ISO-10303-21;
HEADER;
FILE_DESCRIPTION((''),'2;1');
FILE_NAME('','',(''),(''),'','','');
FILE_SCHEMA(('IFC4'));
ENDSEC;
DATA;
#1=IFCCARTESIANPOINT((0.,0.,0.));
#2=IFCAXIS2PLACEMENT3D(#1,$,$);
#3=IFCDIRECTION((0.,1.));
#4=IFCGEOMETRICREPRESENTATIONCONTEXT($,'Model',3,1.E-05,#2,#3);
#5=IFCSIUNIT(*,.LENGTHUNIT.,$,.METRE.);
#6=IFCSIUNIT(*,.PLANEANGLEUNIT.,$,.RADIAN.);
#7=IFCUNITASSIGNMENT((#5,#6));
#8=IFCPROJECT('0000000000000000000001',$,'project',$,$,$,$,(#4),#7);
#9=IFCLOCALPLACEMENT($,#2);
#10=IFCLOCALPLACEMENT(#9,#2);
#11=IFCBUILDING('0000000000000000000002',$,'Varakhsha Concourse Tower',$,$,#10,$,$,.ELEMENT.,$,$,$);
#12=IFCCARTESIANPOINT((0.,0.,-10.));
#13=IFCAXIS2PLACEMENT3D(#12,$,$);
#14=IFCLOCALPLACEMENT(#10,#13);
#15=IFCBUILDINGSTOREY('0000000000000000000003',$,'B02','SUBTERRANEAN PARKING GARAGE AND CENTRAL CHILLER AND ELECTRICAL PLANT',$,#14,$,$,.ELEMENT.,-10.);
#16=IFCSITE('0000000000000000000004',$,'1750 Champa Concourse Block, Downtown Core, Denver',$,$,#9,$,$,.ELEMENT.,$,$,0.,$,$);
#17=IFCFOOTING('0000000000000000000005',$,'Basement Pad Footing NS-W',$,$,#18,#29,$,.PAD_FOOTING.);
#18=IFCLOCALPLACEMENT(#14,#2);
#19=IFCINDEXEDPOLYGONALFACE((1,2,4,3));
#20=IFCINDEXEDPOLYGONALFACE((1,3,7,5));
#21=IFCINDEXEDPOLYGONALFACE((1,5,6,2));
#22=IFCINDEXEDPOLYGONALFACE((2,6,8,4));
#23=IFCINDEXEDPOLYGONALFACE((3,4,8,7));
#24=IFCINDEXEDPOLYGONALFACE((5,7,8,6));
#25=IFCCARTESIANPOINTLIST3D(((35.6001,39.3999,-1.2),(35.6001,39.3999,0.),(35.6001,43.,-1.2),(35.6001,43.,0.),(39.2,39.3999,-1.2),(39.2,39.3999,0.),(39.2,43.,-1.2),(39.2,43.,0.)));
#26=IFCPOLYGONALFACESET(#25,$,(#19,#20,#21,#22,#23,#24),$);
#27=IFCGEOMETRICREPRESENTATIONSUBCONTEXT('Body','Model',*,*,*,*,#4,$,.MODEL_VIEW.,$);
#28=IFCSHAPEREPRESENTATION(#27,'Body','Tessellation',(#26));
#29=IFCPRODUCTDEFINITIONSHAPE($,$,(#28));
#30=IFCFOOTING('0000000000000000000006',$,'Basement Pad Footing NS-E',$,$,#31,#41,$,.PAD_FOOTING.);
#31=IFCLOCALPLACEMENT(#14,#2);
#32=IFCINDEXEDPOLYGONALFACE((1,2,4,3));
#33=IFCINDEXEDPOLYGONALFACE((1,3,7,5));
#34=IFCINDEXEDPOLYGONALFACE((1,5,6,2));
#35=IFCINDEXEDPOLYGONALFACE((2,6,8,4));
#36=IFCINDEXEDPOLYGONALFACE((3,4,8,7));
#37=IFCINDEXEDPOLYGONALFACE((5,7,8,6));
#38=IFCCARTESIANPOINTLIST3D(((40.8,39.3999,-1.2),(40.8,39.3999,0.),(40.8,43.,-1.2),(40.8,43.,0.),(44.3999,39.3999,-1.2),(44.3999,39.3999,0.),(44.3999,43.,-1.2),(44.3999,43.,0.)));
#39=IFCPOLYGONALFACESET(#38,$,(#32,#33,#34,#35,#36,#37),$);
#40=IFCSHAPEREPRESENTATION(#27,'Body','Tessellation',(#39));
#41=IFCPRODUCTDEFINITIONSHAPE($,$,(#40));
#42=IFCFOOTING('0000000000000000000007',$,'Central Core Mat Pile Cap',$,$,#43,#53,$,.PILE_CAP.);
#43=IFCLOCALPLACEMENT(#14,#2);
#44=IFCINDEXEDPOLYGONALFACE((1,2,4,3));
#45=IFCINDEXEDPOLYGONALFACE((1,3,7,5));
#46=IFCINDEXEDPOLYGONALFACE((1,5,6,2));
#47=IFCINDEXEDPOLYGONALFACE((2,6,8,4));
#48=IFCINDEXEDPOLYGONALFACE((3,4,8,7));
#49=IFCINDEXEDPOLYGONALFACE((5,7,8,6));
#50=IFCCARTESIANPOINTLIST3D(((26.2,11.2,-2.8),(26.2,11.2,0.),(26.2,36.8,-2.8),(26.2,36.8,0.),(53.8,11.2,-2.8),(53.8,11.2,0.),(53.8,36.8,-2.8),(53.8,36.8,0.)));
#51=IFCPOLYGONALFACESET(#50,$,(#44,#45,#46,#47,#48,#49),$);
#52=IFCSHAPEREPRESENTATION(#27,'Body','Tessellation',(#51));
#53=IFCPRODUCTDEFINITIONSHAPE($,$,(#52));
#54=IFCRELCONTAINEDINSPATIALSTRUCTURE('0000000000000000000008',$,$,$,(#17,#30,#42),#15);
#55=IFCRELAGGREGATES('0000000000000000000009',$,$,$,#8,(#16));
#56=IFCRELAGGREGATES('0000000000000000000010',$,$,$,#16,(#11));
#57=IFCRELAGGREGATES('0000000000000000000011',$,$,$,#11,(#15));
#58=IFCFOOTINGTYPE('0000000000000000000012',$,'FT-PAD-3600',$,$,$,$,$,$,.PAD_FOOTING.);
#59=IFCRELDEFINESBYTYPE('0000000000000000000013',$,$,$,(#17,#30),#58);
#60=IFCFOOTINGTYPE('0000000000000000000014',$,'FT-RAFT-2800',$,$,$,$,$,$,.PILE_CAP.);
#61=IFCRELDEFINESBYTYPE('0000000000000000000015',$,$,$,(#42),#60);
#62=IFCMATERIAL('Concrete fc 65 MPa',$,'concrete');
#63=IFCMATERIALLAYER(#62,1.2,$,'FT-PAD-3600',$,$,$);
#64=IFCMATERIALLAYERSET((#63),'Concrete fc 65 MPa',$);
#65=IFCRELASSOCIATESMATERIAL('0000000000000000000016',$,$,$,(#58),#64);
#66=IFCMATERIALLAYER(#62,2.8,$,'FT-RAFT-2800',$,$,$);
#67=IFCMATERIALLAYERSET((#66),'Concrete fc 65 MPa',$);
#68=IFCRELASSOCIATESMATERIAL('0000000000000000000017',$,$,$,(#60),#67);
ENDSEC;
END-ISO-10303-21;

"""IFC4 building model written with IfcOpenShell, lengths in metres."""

from ifc_helpers import new_model, si_unit, direction, frame, origin, place, context, subcontext, project, spatial, polyline, outline, extrude, material, layer, layer_set, type_object, element, save


model = new_model("IFC4")

# Units and contexts
model_context = context("Model", 3, precision=1e-05, world=origin(), true_north=direction((0.0, 1.0)))
body_context = subcontext(model_context, "Body", "Model", "MODEL_VIEW")
ifc_project = project(units=[si_unit("LENGTHUNIT", "METRE"), si_unit("PLANEANGLEUNIT", "RADIAN")], contexts=[model_context])

# Site, building, storey
site_placement = place(None, origin())
site = spatial("IfcSite", under=ifc_project, at=site_placement, Name="1750 Champa Concourse Block, Downtown Core, Denver", CompositionType="ELEMENT", RefElevation=0.0)
building_placement = place(site_placement, origin())
building = spatial("IfcBuilding", under=site, at=building_placement, Name="Varakhsha Concourse Tower", CompositionType="ELEMENT")
storey_placement = place(building_placement, frame((0.0, 0.0, -10.0)))
storey = spatial("IfcBuildingStorey", under=building, at=storey_placement, Name="B02", Description="SUBTERRANEAN PARKING GARAGE AND CENTRAL CHILLER AND ELECTRICAL PLANT", CompositionType="ELEMENT", Elevation=-10.0)

# Footings
ifc_material = material(Name="Concrete fc 65 MPa", Category="concrete")
ifc_layer_1 = layer(ifc_material, 1.2, Name="FT-PAD-3600")
ifc_layer_set_1 = layer_set([ifc_layer_1], Name="Concrete fc 65 MPa")
footing_type_1 = type_object("IfcFootingType", Name="FT-PAD-3600", PredefinedType="PAD_FOOTING", material=ifc_layer_set_1)
footing_1_placement = place(storey_placement, frame((0.0, 0.0, -1.2)))
element("IfcFooting", 1, at=footing_1_placement, inside=storey, type_object=footing_type_1, Name="Basement Pad Footing NS-W", PredefinedType="PAD_FOOTING", context=body_context, shape_type="SweptSolid", body=[
    extrude(outline(polyline([(35.6001, 39.3999), (39.2, 39.3999), (39.2, 43.0), (35.6001, 43.0), (35.6001, 39.3999)])), origin(), (0.0, 0.0, 1.0), 1.2),
])
footing_2_placement = place(storey_placement, frame((0.0, 0.0, -1.2)))
element("IfcFooting", 2, at=footing_2_placement, inside=storey, type_object=footing_type_1, Name="Basement Pad Footing NS-E", PredefinedType="PAD_FOOTING", context=body_context, shape_type="SweptSolid", body=[
    extrude(outline(polyline([(40.8, 39.3999), (44.3999, 39.3999), (44.3999, 43.0), (40.8, 43.0), (40.8, 39.3999)])), origin(), (0.0, 0.0, 1.0), 1.2),
])
ifc_layer_2 = layer(ifc_material, 2.8, Name="FT-RAFT-2800")
ifc_layer_set_2 = layer_set([ifc_layer_2], Name="Concrete fc 65 MPa")
footing_type_2 = type_object("IfcFootingType", Name="FT-RAFT-2800", PredefinedType="PILE_CAP", material=ifc_layer_set_2)
footing_3_placement = place(storey_placement, frame((0.0, 0.0, -2.8)))
element("IfcFooting", 3, at=footing_3_placement, inside=storey, type_object=footing_type_2, Name="Central Core Mat Pile Cap", PredefinedType="PILE_CAP", context=body_context, shape_type="SweptSolid", body=[
    extrude(outline(polyline([(26.2, 11.2), (53.8, 11.2), (53.8, 36.8), (26.2, 36.8), (26.2, 11.2)])), origin(), (0.0, 0.0, 1.0), 2.8),
])

save(model, "model.ifc")
